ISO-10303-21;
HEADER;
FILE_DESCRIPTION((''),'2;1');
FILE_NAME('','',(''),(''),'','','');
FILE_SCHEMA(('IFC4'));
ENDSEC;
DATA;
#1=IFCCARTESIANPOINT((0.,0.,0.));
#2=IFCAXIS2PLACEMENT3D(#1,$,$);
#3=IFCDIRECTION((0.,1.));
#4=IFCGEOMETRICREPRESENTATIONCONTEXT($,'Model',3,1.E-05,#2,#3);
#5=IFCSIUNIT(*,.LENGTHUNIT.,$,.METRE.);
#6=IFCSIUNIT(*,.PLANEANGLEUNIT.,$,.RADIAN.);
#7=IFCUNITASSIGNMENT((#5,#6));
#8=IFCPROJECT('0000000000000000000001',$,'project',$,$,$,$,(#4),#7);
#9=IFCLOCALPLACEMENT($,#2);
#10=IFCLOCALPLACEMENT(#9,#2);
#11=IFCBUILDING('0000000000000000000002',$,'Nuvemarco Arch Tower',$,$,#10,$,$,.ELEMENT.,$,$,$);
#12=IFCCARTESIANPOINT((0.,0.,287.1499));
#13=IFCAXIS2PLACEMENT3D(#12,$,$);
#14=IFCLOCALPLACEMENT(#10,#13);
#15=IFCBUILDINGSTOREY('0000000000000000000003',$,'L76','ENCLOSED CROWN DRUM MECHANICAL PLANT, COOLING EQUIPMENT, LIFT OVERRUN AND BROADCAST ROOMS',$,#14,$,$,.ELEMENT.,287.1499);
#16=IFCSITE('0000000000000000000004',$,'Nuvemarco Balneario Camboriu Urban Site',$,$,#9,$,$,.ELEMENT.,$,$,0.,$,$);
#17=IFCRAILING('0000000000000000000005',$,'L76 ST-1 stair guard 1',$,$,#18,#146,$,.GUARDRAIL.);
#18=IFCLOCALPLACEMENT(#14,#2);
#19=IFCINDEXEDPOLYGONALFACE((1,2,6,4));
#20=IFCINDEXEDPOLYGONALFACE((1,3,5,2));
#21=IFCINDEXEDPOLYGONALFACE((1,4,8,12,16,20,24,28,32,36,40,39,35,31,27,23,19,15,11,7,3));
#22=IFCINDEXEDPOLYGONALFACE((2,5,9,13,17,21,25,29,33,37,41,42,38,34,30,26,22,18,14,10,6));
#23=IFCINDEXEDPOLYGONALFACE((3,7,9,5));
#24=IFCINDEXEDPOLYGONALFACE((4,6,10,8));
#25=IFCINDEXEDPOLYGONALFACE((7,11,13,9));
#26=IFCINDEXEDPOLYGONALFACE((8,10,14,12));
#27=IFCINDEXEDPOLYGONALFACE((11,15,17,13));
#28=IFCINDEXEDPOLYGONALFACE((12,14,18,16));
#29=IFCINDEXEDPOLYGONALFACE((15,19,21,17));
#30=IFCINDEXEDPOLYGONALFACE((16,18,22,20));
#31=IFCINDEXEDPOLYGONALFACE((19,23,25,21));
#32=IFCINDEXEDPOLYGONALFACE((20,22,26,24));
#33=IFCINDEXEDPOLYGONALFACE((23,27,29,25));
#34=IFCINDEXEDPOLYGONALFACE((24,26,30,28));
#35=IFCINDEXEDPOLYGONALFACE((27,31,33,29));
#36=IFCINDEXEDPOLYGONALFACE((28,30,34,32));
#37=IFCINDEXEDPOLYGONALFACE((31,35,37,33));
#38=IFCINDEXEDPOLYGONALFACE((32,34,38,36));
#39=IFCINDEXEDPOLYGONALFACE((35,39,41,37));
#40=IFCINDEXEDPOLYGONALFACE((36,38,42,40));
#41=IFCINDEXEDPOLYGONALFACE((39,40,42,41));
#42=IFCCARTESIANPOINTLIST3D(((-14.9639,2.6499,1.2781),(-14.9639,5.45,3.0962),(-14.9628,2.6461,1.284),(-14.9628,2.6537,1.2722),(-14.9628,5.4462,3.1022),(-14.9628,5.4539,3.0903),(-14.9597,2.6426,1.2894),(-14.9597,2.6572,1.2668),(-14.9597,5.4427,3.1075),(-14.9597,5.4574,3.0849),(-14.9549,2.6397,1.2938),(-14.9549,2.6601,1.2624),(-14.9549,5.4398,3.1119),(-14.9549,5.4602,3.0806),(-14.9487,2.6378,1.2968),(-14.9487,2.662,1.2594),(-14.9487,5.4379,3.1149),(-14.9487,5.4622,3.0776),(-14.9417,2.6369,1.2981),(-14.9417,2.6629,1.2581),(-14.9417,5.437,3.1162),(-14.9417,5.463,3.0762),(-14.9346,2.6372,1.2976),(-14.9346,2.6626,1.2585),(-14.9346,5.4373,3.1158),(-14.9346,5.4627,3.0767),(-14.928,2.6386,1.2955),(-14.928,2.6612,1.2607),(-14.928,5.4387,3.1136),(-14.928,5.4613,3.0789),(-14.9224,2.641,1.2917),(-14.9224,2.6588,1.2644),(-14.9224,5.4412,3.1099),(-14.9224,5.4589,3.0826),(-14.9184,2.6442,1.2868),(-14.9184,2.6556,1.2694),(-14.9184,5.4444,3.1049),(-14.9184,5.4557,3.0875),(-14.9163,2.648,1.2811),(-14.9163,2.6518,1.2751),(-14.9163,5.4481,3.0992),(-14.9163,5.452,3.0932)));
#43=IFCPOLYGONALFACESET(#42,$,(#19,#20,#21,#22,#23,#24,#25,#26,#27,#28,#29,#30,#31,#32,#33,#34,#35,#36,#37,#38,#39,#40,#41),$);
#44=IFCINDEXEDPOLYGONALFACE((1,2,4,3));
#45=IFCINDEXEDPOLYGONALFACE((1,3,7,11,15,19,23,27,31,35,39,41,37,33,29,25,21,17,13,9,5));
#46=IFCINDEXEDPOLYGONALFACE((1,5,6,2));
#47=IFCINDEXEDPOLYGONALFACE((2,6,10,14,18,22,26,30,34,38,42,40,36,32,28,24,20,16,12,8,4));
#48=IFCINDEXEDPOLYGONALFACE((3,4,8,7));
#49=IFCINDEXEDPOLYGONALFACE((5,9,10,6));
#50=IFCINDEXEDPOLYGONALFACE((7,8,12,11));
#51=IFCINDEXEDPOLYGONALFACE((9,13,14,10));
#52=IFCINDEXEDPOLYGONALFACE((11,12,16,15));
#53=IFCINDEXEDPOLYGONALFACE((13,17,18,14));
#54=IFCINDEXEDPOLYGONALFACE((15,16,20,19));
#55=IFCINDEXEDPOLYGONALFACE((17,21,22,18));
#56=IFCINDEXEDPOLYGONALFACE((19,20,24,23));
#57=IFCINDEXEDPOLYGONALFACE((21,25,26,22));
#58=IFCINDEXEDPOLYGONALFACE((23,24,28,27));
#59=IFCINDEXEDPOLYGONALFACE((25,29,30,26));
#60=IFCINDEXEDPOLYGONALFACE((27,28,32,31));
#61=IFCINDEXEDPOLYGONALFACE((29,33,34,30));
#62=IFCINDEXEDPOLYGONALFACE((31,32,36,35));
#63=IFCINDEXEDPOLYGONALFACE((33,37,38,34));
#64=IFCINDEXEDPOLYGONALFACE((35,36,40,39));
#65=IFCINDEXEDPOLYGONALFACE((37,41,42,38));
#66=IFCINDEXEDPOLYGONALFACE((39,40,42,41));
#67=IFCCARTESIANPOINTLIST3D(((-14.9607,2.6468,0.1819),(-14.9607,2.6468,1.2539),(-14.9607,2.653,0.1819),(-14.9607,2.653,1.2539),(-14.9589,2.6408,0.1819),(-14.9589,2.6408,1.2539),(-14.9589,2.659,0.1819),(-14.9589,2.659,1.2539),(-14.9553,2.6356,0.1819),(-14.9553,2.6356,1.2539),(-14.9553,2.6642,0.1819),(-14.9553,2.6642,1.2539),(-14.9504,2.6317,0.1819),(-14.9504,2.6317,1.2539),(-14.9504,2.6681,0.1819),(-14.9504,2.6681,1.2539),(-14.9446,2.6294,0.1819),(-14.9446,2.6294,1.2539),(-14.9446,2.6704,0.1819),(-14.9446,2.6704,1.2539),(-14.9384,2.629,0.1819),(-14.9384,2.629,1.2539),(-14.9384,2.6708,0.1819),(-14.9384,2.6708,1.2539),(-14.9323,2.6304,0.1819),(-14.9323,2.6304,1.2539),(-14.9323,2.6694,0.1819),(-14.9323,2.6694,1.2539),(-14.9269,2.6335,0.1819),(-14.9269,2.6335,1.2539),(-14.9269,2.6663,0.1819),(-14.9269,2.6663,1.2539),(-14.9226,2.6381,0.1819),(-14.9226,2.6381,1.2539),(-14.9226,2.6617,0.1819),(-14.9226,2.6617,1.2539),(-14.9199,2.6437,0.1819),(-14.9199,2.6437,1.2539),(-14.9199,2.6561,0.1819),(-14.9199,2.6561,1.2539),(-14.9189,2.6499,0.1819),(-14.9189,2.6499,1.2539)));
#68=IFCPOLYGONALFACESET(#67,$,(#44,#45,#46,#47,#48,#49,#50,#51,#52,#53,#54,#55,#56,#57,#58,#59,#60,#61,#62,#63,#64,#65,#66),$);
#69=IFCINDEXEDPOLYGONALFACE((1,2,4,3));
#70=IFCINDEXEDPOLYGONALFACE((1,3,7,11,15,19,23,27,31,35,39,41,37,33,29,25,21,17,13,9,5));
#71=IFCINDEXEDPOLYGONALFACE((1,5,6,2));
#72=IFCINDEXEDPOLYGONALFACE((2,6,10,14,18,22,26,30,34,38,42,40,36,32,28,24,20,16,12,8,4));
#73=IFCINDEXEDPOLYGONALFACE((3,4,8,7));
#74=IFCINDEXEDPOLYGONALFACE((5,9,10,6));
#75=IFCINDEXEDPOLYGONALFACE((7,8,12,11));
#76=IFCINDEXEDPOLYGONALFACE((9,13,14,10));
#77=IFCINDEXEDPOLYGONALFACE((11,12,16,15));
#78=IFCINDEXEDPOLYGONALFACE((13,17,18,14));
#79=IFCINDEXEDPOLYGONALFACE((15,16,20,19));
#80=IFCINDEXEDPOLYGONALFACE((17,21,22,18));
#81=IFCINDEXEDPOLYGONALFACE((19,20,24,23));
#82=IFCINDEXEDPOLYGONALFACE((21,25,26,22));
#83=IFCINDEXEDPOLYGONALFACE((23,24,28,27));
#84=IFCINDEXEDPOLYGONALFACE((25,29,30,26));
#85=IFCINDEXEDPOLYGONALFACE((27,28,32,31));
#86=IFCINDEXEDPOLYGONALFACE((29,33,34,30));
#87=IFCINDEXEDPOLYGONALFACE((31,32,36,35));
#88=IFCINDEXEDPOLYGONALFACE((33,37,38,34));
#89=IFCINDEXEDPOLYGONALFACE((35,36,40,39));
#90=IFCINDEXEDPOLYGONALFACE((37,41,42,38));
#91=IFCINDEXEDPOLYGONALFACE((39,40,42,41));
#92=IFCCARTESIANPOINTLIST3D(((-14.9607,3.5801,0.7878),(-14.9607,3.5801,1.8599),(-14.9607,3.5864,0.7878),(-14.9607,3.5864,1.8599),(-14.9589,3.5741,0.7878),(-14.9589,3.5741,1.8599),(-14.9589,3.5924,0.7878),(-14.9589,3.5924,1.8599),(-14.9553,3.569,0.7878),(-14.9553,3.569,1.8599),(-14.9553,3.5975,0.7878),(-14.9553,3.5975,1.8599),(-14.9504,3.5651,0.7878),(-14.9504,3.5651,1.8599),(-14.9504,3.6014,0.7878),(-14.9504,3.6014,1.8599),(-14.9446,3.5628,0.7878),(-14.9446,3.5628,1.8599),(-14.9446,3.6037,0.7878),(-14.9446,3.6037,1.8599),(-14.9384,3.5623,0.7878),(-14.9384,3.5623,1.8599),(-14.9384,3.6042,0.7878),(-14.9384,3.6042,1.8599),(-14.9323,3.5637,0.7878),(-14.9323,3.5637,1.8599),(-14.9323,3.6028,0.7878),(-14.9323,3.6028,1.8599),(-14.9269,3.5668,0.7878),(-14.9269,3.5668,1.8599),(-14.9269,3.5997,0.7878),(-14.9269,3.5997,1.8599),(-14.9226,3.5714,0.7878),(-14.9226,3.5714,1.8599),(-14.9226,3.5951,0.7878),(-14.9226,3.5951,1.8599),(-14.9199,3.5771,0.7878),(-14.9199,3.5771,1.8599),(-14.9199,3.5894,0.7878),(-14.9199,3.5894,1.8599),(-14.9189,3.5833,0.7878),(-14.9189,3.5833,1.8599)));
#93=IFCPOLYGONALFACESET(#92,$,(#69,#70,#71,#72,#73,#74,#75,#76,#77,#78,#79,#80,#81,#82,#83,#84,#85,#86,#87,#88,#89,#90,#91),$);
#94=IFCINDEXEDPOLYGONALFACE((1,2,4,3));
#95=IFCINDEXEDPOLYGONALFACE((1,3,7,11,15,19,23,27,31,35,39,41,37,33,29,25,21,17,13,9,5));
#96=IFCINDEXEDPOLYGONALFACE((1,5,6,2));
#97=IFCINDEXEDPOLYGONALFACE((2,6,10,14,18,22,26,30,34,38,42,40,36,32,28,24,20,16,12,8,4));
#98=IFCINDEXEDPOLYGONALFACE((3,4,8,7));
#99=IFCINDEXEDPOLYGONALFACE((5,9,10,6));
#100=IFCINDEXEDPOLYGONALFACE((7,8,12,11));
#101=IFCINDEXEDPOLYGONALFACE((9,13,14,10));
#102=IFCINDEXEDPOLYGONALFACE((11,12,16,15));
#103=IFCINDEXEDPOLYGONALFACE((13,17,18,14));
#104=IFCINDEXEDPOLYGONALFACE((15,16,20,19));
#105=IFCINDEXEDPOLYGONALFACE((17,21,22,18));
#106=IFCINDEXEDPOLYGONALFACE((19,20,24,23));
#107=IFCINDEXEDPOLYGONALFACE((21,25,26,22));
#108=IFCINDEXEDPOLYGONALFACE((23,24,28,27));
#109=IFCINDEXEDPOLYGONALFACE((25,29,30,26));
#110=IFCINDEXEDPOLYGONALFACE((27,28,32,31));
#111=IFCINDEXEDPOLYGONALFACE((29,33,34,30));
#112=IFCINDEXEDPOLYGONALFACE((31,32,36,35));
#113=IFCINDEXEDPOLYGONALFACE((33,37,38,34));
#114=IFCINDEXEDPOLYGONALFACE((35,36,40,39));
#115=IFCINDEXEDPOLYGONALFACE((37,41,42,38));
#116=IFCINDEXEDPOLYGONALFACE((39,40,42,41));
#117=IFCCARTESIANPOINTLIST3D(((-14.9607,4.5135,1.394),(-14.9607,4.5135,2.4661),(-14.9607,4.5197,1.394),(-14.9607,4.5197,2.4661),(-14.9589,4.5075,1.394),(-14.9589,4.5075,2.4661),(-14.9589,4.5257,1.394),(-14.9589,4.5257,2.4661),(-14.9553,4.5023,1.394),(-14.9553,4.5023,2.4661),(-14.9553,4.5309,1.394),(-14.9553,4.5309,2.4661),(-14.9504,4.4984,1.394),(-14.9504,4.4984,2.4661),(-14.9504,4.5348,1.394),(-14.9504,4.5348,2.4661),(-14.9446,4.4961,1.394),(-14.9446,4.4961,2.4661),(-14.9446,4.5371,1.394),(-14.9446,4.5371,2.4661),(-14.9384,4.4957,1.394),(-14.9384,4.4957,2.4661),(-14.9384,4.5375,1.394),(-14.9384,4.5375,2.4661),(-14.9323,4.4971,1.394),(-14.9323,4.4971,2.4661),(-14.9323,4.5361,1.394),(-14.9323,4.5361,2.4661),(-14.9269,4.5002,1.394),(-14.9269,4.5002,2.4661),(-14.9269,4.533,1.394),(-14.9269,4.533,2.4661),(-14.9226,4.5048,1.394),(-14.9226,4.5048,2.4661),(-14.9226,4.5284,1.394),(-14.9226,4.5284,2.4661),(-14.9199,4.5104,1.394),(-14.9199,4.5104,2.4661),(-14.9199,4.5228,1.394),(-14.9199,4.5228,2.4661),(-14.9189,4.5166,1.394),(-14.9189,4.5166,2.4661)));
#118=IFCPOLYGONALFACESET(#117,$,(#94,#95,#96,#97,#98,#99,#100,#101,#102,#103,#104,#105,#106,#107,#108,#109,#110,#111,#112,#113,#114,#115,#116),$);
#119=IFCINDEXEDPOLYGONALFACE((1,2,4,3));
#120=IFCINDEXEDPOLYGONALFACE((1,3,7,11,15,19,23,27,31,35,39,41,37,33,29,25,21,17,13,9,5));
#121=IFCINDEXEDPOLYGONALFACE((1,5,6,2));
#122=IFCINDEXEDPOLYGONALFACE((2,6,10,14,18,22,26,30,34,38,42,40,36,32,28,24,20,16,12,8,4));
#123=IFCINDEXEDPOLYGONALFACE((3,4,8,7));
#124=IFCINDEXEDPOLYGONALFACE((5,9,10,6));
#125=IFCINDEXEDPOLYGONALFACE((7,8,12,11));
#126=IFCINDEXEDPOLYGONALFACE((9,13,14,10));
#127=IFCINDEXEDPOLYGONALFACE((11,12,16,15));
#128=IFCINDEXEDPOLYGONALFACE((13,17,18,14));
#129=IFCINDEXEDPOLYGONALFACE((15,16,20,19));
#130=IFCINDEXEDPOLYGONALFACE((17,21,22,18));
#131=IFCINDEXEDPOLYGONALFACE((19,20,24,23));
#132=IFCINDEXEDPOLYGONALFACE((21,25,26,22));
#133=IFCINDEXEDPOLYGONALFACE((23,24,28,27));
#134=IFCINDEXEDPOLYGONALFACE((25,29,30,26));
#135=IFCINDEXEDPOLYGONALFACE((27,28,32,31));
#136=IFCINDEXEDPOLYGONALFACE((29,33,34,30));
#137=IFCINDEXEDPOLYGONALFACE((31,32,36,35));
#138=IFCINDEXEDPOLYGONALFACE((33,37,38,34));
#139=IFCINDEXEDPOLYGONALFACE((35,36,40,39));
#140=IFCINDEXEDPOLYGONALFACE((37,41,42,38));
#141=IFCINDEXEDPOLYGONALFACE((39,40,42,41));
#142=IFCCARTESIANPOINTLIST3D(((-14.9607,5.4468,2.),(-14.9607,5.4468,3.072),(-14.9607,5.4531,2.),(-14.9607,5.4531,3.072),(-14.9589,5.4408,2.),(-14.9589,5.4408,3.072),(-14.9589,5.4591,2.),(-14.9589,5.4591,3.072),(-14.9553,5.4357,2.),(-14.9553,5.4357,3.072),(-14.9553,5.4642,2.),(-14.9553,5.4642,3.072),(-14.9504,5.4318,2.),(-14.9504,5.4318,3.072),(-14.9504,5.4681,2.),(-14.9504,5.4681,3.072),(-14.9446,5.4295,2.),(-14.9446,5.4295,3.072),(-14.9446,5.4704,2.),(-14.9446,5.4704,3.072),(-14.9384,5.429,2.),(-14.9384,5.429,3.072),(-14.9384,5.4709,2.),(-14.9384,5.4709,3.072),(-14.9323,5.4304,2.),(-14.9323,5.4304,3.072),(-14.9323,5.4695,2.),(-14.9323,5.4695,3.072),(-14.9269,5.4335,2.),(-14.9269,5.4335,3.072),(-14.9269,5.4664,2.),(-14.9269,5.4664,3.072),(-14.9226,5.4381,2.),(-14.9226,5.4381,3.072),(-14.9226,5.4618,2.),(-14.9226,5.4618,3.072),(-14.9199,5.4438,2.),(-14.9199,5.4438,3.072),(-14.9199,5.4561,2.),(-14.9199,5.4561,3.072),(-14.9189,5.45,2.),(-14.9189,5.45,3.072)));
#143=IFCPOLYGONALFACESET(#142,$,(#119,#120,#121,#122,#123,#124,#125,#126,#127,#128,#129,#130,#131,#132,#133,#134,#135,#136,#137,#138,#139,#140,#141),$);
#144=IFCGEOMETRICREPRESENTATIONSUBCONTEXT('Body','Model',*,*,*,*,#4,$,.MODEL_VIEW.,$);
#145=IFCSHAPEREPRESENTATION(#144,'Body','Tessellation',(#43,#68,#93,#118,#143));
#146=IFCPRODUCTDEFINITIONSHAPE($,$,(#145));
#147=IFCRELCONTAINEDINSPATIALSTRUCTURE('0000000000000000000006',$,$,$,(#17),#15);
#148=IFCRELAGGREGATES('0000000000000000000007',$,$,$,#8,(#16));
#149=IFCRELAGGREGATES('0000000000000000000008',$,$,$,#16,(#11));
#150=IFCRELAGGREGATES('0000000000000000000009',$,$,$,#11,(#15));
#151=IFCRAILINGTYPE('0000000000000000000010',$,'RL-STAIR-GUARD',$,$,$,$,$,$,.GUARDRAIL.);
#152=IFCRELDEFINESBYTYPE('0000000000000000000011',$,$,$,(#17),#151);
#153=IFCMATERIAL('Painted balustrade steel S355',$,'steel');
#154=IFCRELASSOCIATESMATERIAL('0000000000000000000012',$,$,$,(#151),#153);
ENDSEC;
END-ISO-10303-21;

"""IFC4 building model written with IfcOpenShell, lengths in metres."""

from ifc_helpers import new_model, si_unit, direction, frame, origin, origin_2d, place, context, subcontext, project, spatial, circle, extrude, material, type_object, element, save


model = new_model("IFC4")

# Units and contexts
model_context = context("Model", 3, precision=1e-05, world=origin(), true_north=direction((0.0, 1.0)))
body_context = subcontext(model_context, "Body", "Model", "MODEL_VIEW")
ifc_project = project(units=[si_unit("LENGTHUNIT", "METRE"), si_unit("PLANEANGLEUNIT", "RADIAN")], contexts=[model_context])

# Site, building, storey
site_placement = place(None, origin())
site = spatial("IfcSite", under=ifc_project, at=site_placement, Name="Nuvemarco Balneario Camboriu Urban Site", CompositionType="ELEMENT", RefElevation=0.0)
building_placement = place(site_placement, origin())
building = spatial("IfcBuilding", under=site, at=building_placement, Name="Nuvemarco Arch Tower", CompositionType="ELEMENT")
storey_placement = place(building_placement, frame((0.0, 0.0, 287.1499)))
storey = spatial("IfcBuildingStorey", under=building, at=storey_placement, Name="L76", Description="ENCLOSED CROWN DRUM MECHANICAL PLANT, COOLING EQUIPMENT, LIFT OVERRUN AND BROADCAST ROOMS", CompositionType="ELEMENT", Elevation=287.1499)

# Railing
ifc_material_1 = material(Name="Painted balustrade steel S355", Category="steel")
railing_type_1 = type_object("IfcRailingType", Name="RL-STAIR-GUARD", PredefinedType="GUARDRAIL", material=ifc_material_1)
railing_1_placement = place(storey_placement, frame((-14.9399, 2.6499, 0.1819)))
element("IfcRailing", 1, at=railing_1_placement, inside=storey, type_object=railing_type_1, Name="L76 ST-1 stair guard 1", PredefinedType="GUARDRAIL", context=body_context, shape_type="SweptSolid", body=[
    extrude(circle(Radius=0.0239, at=origin_2d()), frame((0.0, 0.0, 1.0962), z_axis=(0.0, 0.838706, 0.544585), x_axis=(-1.0, 0.0, 0.0)), (0.0, 0.0, 1.0), 3.3386),
    extrude(circle(Radius=0.021, at=origin_2d()), origin(), (0.0, 0.0, 1.0), 1.072),
    extrude(circle(Radius=0.021, at=origin_2d()), frame((0.0, 0.9333, 0.606)), (0.0, 0.0, 1.0), 1.072),
    extrude(circle(Radius=0.021, at=origin_2d()), frame((0.0, 1.8667, 1.2122)), (0.0, 0.0, 1.0), 1.072),
    extrude(circle(Radius=0.021, at=origin_2d()), frame((0.0, 2.8, 1.8181)), (0.0, 0.0, 1.0), 1.072),
])

save(model, "model.ifc")
